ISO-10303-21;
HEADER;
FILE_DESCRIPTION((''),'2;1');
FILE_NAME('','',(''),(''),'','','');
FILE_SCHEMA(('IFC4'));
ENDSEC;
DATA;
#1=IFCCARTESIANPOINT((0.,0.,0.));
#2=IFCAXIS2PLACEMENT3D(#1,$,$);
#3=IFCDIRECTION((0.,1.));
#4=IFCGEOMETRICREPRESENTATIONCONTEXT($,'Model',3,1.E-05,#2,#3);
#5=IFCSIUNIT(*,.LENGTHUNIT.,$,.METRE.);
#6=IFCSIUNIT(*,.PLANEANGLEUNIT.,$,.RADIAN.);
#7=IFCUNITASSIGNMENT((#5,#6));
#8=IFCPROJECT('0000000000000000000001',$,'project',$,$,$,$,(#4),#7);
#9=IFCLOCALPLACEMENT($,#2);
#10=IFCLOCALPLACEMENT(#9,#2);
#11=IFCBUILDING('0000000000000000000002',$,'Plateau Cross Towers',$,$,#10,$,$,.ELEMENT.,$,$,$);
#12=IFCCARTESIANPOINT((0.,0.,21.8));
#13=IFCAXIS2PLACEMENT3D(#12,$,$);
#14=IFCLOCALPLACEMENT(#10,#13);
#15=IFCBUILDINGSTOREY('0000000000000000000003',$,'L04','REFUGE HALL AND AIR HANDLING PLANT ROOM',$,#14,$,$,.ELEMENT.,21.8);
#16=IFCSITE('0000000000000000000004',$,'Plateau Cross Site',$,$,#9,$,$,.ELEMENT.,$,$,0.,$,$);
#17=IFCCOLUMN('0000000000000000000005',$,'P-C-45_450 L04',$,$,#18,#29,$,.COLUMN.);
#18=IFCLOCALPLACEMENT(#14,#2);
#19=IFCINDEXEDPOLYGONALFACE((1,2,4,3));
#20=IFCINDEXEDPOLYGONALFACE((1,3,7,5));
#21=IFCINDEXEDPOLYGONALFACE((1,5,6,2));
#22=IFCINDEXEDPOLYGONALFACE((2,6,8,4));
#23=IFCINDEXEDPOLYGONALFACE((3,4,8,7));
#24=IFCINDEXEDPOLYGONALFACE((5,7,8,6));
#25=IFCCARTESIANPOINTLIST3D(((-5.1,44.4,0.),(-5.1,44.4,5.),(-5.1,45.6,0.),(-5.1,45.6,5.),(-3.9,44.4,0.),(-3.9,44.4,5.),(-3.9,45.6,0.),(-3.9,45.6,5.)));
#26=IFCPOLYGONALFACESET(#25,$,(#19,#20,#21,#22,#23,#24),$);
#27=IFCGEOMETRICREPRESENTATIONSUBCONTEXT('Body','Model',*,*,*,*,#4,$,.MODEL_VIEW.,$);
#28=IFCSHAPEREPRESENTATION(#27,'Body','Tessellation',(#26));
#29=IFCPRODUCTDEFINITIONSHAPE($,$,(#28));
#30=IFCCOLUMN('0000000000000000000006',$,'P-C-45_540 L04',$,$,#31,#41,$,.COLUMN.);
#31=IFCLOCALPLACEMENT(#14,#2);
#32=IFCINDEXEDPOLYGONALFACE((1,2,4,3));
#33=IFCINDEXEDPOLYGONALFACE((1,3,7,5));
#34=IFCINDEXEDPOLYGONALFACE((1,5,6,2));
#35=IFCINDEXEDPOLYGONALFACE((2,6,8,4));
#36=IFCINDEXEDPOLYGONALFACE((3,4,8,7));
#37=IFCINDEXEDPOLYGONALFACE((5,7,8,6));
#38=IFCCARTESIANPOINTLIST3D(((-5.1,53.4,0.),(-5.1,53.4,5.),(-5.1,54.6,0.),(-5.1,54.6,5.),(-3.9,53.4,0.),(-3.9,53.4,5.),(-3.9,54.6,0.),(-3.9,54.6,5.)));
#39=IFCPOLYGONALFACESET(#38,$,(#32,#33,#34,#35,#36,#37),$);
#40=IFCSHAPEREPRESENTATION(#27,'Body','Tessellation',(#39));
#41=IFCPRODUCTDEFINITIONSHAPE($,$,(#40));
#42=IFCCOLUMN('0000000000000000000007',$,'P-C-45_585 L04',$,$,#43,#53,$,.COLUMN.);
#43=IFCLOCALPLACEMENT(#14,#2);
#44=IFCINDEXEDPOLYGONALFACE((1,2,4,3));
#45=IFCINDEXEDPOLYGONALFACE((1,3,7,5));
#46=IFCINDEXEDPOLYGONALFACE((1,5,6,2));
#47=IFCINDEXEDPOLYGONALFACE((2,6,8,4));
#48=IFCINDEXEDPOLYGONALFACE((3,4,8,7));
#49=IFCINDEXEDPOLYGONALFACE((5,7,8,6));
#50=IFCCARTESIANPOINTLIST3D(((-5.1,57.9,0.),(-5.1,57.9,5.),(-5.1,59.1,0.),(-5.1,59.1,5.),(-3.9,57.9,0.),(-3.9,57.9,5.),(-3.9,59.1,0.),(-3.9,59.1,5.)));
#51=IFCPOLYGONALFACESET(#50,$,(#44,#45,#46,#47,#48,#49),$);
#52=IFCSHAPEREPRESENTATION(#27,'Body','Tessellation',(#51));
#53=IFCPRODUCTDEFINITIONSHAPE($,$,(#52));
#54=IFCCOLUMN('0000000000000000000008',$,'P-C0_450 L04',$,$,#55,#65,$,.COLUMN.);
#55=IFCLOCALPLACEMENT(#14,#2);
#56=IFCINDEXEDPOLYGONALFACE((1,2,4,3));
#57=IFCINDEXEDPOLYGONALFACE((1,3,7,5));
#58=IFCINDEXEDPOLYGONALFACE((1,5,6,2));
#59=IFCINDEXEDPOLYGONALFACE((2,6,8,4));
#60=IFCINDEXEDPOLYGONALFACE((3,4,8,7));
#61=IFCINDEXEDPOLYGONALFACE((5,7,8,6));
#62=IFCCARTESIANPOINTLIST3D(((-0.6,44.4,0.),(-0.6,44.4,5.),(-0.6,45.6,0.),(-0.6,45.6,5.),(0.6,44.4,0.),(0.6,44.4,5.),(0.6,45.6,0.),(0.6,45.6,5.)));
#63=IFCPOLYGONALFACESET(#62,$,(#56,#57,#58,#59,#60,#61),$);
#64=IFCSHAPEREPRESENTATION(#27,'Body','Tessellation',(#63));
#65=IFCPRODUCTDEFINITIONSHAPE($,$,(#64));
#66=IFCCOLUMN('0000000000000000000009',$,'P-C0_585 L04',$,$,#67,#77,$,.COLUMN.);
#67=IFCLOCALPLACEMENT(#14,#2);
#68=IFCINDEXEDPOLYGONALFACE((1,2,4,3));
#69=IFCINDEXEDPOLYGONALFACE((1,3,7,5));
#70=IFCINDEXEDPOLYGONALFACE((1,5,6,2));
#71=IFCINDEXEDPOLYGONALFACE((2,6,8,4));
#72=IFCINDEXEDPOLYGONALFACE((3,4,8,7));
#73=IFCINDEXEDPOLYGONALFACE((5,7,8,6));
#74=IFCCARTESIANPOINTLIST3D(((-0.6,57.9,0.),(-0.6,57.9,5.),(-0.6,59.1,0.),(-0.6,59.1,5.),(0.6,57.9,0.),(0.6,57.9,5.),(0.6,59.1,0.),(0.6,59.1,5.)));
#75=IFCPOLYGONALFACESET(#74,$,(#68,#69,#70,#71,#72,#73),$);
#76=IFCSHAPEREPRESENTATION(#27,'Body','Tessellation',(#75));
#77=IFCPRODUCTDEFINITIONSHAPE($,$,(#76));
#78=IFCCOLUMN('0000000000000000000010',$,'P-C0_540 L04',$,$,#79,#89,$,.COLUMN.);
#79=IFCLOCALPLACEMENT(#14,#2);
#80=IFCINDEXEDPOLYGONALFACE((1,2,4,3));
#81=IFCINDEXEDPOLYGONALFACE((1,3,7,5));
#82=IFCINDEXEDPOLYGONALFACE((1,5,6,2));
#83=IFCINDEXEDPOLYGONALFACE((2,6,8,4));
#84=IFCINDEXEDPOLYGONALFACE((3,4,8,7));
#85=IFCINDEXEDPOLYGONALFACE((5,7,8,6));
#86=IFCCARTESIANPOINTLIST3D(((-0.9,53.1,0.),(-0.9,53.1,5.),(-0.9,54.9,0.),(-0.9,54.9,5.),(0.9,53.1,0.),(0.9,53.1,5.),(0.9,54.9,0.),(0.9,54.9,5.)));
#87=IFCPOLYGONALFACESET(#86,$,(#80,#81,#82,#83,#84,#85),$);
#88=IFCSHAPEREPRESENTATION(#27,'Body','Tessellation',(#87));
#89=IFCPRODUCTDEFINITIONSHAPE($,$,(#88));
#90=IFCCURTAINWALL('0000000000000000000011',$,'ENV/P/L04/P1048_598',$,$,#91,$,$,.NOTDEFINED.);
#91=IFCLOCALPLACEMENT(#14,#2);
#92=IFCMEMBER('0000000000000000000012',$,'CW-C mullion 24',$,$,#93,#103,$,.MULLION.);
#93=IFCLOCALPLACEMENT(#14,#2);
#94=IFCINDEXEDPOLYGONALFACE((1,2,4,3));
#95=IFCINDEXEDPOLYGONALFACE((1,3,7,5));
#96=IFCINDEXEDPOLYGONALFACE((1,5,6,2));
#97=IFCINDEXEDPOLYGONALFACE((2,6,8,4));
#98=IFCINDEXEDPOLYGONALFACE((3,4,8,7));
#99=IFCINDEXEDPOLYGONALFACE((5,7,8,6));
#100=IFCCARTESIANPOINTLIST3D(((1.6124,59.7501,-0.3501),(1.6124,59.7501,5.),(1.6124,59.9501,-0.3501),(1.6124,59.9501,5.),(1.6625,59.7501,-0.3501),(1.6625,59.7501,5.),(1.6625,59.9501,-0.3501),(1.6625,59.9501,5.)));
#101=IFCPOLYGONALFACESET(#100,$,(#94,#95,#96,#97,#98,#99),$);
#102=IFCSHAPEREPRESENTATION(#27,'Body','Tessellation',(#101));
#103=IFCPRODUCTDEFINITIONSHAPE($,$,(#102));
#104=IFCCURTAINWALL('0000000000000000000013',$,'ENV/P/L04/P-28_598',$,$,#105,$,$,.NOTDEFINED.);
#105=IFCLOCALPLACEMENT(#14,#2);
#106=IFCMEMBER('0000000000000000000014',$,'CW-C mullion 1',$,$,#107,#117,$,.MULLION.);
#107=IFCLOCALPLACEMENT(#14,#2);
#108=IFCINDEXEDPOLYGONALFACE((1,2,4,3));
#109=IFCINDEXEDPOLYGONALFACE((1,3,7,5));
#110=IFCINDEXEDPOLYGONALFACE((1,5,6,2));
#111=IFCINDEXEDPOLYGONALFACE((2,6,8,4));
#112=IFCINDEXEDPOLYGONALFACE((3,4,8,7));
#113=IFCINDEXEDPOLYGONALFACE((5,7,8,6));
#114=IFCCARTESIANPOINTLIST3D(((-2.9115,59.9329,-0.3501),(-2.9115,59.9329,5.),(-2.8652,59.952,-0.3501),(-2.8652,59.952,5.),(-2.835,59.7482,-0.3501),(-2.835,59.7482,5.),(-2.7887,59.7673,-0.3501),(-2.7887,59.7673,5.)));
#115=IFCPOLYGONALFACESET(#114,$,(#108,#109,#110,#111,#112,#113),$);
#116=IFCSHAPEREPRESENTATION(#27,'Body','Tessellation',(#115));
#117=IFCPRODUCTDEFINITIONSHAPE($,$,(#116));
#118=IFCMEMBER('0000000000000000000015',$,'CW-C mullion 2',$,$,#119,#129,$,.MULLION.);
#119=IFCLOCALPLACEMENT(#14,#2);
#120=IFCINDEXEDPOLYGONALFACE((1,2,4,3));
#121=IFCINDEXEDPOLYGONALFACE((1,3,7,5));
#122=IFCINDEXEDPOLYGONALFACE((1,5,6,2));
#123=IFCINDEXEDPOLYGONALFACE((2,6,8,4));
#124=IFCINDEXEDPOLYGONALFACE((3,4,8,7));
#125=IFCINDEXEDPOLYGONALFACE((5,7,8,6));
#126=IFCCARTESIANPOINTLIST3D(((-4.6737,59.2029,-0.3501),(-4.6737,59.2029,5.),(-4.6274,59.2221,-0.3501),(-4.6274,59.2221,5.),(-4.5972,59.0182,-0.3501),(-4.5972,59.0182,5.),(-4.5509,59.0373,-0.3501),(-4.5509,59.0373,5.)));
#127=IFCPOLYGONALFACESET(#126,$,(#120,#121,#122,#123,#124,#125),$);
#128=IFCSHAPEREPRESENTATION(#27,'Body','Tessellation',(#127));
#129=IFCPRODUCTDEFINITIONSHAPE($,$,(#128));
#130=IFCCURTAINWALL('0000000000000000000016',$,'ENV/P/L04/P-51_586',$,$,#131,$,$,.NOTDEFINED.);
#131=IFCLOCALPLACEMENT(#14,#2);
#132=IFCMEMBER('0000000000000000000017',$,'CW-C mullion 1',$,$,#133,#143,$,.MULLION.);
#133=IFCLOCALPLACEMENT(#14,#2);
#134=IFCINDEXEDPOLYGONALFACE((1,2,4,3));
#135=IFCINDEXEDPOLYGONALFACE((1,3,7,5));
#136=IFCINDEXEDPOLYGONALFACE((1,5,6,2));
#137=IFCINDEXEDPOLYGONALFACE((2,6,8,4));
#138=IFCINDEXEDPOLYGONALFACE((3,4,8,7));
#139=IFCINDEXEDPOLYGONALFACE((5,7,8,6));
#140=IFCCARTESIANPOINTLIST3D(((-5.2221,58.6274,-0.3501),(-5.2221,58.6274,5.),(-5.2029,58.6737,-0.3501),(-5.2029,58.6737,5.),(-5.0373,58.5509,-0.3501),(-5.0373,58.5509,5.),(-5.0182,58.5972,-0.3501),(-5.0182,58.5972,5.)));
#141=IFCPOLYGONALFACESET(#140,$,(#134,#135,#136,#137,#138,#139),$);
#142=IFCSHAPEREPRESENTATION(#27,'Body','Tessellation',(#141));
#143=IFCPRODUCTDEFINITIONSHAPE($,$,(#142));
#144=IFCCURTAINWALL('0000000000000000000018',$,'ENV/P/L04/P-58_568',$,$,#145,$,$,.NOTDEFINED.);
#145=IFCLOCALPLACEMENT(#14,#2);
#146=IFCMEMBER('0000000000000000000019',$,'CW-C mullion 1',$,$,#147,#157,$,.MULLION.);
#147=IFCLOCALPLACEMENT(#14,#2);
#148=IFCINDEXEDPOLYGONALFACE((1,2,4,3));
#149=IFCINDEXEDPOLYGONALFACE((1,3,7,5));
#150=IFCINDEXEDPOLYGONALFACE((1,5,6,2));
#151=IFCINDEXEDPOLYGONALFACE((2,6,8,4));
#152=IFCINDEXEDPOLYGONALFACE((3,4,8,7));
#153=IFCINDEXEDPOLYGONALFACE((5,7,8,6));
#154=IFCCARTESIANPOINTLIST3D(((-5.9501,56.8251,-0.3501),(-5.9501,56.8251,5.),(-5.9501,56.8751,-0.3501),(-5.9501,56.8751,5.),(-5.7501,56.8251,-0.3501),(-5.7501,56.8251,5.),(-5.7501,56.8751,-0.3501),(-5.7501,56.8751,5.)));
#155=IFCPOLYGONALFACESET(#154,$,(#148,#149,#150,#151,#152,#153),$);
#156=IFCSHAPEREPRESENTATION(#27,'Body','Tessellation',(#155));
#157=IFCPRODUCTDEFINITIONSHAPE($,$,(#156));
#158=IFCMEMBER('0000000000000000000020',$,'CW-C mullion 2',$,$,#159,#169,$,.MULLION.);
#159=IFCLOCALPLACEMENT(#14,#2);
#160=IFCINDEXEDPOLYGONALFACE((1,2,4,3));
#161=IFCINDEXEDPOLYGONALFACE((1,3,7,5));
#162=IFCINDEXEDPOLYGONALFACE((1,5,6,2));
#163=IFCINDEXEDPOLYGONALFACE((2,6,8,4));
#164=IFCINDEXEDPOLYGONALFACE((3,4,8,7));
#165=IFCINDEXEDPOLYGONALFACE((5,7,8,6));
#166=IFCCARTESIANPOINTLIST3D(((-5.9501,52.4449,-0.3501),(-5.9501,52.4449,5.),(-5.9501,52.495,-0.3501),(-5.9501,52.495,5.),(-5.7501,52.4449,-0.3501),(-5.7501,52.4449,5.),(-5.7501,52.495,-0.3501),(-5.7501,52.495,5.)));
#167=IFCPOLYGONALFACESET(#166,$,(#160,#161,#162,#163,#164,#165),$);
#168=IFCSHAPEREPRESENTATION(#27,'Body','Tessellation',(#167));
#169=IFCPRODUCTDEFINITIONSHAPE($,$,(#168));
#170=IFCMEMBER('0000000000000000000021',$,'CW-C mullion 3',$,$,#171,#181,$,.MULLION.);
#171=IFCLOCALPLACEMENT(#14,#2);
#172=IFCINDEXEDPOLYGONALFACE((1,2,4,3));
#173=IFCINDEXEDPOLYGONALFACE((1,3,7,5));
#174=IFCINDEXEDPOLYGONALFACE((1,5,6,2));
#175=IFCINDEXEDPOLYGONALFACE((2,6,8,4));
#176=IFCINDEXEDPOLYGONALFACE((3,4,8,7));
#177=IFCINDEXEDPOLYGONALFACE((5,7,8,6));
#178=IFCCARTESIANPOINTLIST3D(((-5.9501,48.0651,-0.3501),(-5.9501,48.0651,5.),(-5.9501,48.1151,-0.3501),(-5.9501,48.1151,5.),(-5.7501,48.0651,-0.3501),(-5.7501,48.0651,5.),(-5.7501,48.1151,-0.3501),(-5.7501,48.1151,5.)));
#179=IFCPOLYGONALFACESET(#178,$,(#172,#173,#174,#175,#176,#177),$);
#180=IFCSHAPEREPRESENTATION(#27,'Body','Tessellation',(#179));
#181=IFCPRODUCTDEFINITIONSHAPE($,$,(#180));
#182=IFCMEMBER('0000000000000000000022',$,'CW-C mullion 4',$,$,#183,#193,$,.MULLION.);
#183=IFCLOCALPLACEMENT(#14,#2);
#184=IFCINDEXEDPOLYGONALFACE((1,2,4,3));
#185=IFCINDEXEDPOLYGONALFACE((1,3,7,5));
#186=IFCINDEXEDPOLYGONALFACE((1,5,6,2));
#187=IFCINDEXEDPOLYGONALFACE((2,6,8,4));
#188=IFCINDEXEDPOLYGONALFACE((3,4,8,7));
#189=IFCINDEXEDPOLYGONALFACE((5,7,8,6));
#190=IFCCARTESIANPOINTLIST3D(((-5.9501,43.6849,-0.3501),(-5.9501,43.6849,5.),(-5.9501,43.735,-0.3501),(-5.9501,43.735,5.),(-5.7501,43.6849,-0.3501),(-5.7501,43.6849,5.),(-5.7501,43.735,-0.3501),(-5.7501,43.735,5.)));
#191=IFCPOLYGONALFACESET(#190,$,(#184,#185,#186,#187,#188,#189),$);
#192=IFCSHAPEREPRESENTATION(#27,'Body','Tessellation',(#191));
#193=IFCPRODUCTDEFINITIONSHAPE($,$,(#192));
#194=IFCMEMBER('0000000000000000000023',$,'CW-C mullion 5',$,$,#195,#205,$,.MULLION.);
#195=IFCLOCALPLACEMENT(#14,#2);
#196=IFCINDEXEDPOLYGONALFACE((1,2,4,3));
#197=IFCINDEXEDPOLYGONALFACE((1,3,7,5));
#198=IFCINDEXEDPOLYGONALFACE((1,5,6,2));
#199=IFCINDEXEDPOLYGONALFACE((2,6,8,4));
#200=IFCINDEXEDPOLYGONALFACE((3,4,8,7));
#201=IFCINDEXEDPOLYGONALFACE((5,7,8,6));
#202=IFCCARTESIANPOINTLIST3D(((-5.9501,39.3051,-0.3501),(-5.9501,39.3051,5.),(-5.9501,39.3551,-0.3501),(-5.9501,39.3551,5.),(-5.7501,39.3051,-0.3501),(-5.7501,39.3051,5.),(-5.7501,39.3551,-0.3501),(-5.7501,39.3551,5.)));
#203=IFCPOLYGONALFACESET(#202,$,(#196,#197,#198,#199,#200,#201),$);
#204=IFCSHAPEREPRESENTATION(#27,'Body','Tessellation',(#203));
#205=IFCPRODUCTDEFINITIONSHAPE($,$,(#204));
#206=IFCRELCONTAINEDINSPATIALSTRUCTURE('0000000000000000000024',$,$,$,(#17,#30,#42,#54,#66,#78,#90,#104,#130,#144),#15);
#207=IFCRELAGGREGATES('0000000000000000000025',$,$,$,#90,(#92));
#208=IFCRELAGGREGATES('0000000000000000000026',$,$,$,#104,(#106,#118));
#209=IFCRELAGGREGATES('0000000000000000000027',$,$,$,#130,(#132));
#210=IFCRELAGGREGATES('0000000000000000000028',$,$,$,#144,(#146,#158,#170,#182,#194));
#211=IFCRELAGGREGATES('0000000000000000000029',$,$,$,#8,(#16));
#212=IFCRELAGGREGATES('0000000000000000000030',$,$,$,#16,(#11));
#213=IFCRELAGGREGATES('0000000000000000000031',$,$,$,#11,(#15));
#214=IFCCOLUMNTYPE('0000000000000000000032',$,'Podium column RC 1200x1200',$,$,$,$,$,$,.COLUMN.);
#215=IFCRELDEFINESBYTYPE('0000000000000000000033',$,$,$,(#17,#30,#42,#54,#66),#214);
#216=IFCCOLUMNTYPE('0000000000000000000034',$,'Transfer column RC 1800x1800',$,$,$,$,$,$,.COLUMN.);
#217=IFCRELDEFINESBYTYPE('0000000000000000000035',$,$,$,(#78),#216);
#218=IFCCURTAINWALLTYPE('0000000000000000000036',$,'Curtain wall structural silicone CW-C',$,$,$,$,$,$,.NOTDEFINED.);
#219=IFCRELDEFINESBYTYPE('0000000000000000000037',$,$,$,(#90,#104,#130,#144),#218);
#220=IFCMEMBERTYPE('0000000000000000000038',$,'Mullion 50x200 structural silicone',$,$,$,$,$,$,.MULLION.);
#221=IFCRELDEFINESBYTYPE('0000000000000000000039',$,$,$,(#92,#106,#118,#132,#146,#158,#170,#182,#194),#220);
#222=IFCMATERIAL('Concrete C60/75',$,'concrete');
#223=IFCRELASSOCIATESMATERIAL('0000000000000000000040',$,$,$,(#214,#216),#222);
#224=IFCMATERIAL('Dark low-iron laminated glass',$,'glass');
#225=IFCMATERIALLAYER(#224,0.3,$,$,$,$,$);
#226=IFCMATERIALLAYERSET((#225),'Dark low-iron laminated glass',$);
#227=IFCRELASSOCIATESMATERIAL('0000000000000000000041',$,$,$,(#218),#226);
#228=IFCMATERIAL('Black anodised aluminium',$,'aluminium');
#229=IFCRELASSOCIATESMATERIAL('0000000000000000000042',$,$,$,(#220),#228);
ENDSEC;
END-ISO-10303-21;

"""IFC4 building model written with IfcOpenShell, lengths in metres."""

from ifc_helpers import new_model, si_unit, direction, frame, origin, origin_2d, place, context, subcontext, project, spatial, rectangle, extrude, material, layer, layer_set, material_profile, profile_set, type_object, element, aggregate, save


model = new_model("IFC4")

# Units and contexts
model_context = context("Model", 3, precision=1e-05, world=origin(), true_north=direction((0.0, 1.0)))
body_context = subcontext(model_context, "Body", "Model", "MODEL_VIEW")
ifc_project = project(units=[si_unit("LENGTHUNIT", "METRE"), si_unit("PLANEANGLEUNIT", "RADIAN")], contexts=[model_context])

# Site, building, storey
site_placement = place(None, origin())
site = spatial("IfcSite", under=ifc_project, at=site_placement, Name="Plateau Cross Site", CompositionType="ELEMENT", RefElevation=0.0)
building_placement = place(site_placement, origin())
building = spatial("IfcBuilding", under=site, at=building_placement, Name="Plateau Cross Towers", CompositionType="ELEMENT")
storey_placement = place(building_placement, frame((0.0, 0.0, 21.8)))
storey = spatial("IfcBuildingStorey", under=building, at=storey_placement, Name="L04", Description="REFUGE HALL AND AIR HANDLING PLANT ROOM", CompositionType="ELEMENT", Elevation=21.8)

# Columns
ifc_material_1 = material(Name="Concrete C60/75", Category="concrete")
ifc_material_profile_1 = material_profile(ifc_material_1, rectangle(XDim=1.2, YDim=1.2, at=origin_2d()), Name="RC 1200x1200")
ifc_profile_set_1 = profile_set([ifc_material_profile_1], Name="Concrete C60/75")
column_type_1 = type_object("IfcColumnType", Name="Podium column RC 1200x1200", PredefinedType="COLUMN", material=ifc_profile_set_1)
for number, where, z_axis, x_axis, name in (
    (1, (-4.5, 45.0, 0.0), (0.0, 0.0, 1.0), (1.0, 0.0, 0.0), "P-C-45_450 L04"),
    (2, (-4.5, 54.0, 0.0), (0.0, 0.0, 1.0), (1.0, 0.0, 0.0), "P-C-45_540 L04"),
    (3, (-4.5, 58.5, 0.0), (0.0, 0.0, 1.0), (1.0, 0.0, 0.0), "P-C-45_585 L04"),
    (4, (0.0, 45.0, 0.0), (0.0, 0.0, 1.0), (1.0, 0.0, 0.0), "P-C0_450 L04"),
    (5, (0.0, 58.5, 0.0), (0.0, 0.0, 1.0), (1.0, 0.0, 0.0), "P-C0_585 L04"),
):
    element("IfcColumn", number, at=place(storey_placement, frame(where, z_axis=z_axis, x_axis=x_axis)), inside=storey, type_object=column_type_1, Name=name, PredefinedType="COLUMN", context=body_context, shape_type="SweptSolid", body=[
        extrude(rectangle(XDim=1.2, YDim=1.2, at=origin_2d()), origin(), (0.0, 0.0, 1.0), 5.0),
    ])
ifc_material_profile_2 = material_profile(ifc_material_1, rectangle(XDim=1.8, YDim=1.8, at=origin_2d()), Name="RC 1800x1800")
ifc_profile_set_2 = profile_set([ifc_material_profile_2], Name="Concrete C60/75")
column_type_2 = type_object("IfcColumnType", Name="Transfer column RC 1800x1800", PredefinedType="COLUMN", material=ifc_profile_set_2)
column_placement = place(storey_placement, frame((0.0, 54.0, 0.0), z_axis=(0.0, 0.0, 1.0), x_axis=(1.0, 0.0, 0.0)))
element("IfcColumn", 6, at=column_placement, inside=storey, type_object=column_type_2, Name="P-C0_540 L04", PredefinedType="COLUMN", context=body_context, shape_type="SweptSolid", body=[
    extrude(rectangle(XDim=1.8, YDim=1.8, at=origin_2d()), origin(), (0.0, 0.0, 1.0), 5.0),
])

# Curtain wall, member
ifc_material_2 = material(Name="Dark low-iron laminated glass", Category="glass")
ifc_layer_1 = layer(ifc_material_2, 0.3)
ifc_layer_set_1 = layer_set([ifc_layer_1], Name="Dark low-iron laminated glass")
curtain_wall_type = type_object("IfcCurtainWallType", Name="Curtain wall structural silicone CW-C", PredefinedType="NOTDEFINED", material=ifc_layer_set_1)
curtain_wall_1_placement = place(storey_placement, origin())
curtain_wall_1 = element("IfcCurtainWall", 7, at=curtain_wall_1_placement, inside=storey, type_object=curtain_wall_type, Name="ENV/P/L04/P1048_598", PredefinedType="NOTDEFINED")
ifc_material_3 = material(Name="Black anodised aluminium", Category="aluminium")
ifc_material_profile_3 = material_profile(ifc_material_3, rectangle(XDim=0.05, YDim=0.2, at=origin_2d()), Name="MULLION 50x200")
ifc_profile_set_3 = profile_set([ifc_material_profile_3], Name="Black anodised aluminium")
member_type_1 = type_object("IfcMemberType", Name="Mullion 50x200 structural silicone", PredefinedType="MULLION", material=ifc_profile_set_3)
member_1_placement = place(storey_placement, frame((1.6375, 59.8501, -0.3501), z_axis=(0.0, 0.0, 1.0), x_axis=(-1.0, 0.0, 0.0)))
member_1 = element("IfcMember", 8, at=member_1_placement, type_object=member_type_1, Name="CW-C mullion 24", PredefinedType="MULLION", context=body_context, shape_type="SweptSolid", body=[
    extrude(rectangle(XDim=0.05, YDim=0.2, at=origin_2d()), origin(), (0.0, 0.0, 1.0), 5.3501),
])

# Curtain wall, members
curtain_wall_2_placement = place(storey_placement, origin())
curtain_wall_2 = element("IfcCurtainWall", 9, at=curtain_wall_2_placement, inside=storey, type_object=curtain_wall_type, Name="ENV/P/L04/P-28_598", PredefinedType="NOTDEFINED")
member_2_placement = place(storey_placement, frame((-2.8501, 59.8501, -0.3501), z_axis=(0.0, 0.0, 1.0), x_axis=(-0.923879, -0.382684, 0.0)))
member_2 = element("IfcMember", 10, at=member_2_placement, type_object=member_type_1, Name="CW-C mullion 1", PredefinedType="MULLION", context=body_context, shape_type="SweptSolid", body=[
    extrude(rectangle(XDim=0.05, YDim=0.2, at=origin_2d()), origin(), (0.0, 0.0, 1.0), 5.3501),
])
member_3_placement = place(storey_placement, frame((-4.6123, 59.1201, -0.3501), z_axis=(0.0, 0.0, 1.0), x_axis=(-0.923879, -0.382684, 0.0)))
member_3 = element("IfcMember", 11, at=member_3_placement, type_object=member_type_1, Name="CW-C mullion 2", PredefinedType="MULLION", context=body_context, shape_type="SweptSolid", body=[
    extrude(rectangle(XDim=0.05, YDim=0.2, at=origin_2d()), origin(), (0.0, 0.0, 1.0), 5.3501),
])

# Curtain wall, member
curtain_wall_3_placement = place(storey_placement, origin())
curtain_wall_3 = element("IfcCurtainWall", 12, at=curtain_wall_3_placement, inside=storey, type_object=curtain_wall_type, Name="ENV/P/L04/P-51_586", PredefinedType="NOTDEFINED")
member_4_placement = place(storey_placement, frame((-5.1201, 58.6123, -0.3501), z_axis=(0.0, 0.0, 1.0), x_axis=(-0.382684, -0.923879, 0.0)))
member_4 = element("IfcMember", 13, at=member_4_placement, type_object=member_type_1, Name="CW-C mullion 1", PredefinedType="MULLION", context=body_context, shape_type="SweptSolid", body=[
    extrude(rectangle(XDim=0.05, YDim=0.2, at=origin_2d()), origin(), (0.0, 0.0, 1.0), 5.3501),
])

# Curtain wall, members
curtain_wall_4_placement = place(storey_placement, origin())
curtain_wall_4 = element("IfcCurtainWall", 14, at=curtain_wall_4_placement, inside=storey, type_object=curtain_wall_type, Name="ENV/P/L04/P-58_568", PredefinedType="NOTDEFINED")
member_5_placement = place(storey_placement, frame((-5.8501, 56.8501, -0.3501), z_axis=(0.0, 0.0, 1.0), x_axis=(0.0, -1.0, 0.0)))
member_5 = element("IfcMember", 15, at=member_5_placement, type_object=member_type_1, Name="CW-C mullion 1", PredefinedType="MULLION", context=body_context, shape_type="SweptSolid", body=[
    extrude(rectangle(XDim=0.05, YDim=0.2, at=origin_2d()), origin(), (0.0, 0.0, 1.0), 5.3501),
])
member_6_placement = place(storey_placement, frame((-5.8501, 52.47, -0.3501), z_axis=(0.0, 0.0, 1.0), x_axis=(0.0, -1.0, 0.0)))
member_6 = element("IfcMember", 16, at=member_6_placement, type_object=member_type_1, Name="CW-C mullion 2", PredefinedType="MULLION", context=body_context, shape_type="SweptSolid", body=[
    extrude(rectangle(XDim=0.05, YDim=0.2, at=origin_2d()), origin(), (0.0, 0.0, 1.0), 5.3501),
])
member_7_placement = place(storey_placement, frame((-5.8501, 48.0901, -0.3501), z_axis=(0.0, 0.0, 1.0), x_axis=(0.0, -1.0, 0.0)))
member_7 = element("IfcMember", 17, at=member_7_placement, type_object=member_type_1, Name="CW-C mullion 3", PredefinedType="MULLION", context=body_context, shape_type="SweptSolid", body=[
    extrude(rectangle(XDim=0.05, YDim=0.2, at=origin_2d()), origin(), (0.0, 0.0, 1.0), 5.3501),
])
member_8_placement = place(storey_placement, frame((-5.8501, 43.71, -0.3501), z_axis=(0.0, 0.0, 1.0), x_axis=(0.0, -1.0, 0.0)))
member_8 = element("IfcMember", 18, at=member_8_placement, type_object=member_type_1, Name="CW-C mullion 4", PredefinedType="MULLION", context=body_context, shape_type="SweptSolid", body=[
    extrude(rectangle(XDim=0.05, YDim=0.2, at=origin_2d()), origin(), (0.0, 0.0, 1.0), 5.3501),
])
member_9_placement = place(storey_placement, frame((-5.8501, 39.3301, -0.3501), z_axis=(0.0, 0.0, 1.0), x_axis=(0.0, -1.0, 0.0)))
member_9 = element("IfcMember", 19, at=member_9_placement, type_object=member_type_1, Name="CW-C mullion 5", PredefinedType="MULLION", context=body_context, shape_type="SweptSolid", body=[
    extrude(rectangle(XDim=0.05, YDim=0.2, at=origin_2d()), origin(), (0.0, 0.0, 1.0), 5.3501),
])

aggregate(curtain_wall_1, [member_1])
aggregate(curtain_wall_2, [member_2, member_3])
aggregate(curtain_wall_3, [member_4])
aggregate(curtain_wall_4, [member_5, member_6, member_7, member_8, member_9])

save(model, "model.ifc")
